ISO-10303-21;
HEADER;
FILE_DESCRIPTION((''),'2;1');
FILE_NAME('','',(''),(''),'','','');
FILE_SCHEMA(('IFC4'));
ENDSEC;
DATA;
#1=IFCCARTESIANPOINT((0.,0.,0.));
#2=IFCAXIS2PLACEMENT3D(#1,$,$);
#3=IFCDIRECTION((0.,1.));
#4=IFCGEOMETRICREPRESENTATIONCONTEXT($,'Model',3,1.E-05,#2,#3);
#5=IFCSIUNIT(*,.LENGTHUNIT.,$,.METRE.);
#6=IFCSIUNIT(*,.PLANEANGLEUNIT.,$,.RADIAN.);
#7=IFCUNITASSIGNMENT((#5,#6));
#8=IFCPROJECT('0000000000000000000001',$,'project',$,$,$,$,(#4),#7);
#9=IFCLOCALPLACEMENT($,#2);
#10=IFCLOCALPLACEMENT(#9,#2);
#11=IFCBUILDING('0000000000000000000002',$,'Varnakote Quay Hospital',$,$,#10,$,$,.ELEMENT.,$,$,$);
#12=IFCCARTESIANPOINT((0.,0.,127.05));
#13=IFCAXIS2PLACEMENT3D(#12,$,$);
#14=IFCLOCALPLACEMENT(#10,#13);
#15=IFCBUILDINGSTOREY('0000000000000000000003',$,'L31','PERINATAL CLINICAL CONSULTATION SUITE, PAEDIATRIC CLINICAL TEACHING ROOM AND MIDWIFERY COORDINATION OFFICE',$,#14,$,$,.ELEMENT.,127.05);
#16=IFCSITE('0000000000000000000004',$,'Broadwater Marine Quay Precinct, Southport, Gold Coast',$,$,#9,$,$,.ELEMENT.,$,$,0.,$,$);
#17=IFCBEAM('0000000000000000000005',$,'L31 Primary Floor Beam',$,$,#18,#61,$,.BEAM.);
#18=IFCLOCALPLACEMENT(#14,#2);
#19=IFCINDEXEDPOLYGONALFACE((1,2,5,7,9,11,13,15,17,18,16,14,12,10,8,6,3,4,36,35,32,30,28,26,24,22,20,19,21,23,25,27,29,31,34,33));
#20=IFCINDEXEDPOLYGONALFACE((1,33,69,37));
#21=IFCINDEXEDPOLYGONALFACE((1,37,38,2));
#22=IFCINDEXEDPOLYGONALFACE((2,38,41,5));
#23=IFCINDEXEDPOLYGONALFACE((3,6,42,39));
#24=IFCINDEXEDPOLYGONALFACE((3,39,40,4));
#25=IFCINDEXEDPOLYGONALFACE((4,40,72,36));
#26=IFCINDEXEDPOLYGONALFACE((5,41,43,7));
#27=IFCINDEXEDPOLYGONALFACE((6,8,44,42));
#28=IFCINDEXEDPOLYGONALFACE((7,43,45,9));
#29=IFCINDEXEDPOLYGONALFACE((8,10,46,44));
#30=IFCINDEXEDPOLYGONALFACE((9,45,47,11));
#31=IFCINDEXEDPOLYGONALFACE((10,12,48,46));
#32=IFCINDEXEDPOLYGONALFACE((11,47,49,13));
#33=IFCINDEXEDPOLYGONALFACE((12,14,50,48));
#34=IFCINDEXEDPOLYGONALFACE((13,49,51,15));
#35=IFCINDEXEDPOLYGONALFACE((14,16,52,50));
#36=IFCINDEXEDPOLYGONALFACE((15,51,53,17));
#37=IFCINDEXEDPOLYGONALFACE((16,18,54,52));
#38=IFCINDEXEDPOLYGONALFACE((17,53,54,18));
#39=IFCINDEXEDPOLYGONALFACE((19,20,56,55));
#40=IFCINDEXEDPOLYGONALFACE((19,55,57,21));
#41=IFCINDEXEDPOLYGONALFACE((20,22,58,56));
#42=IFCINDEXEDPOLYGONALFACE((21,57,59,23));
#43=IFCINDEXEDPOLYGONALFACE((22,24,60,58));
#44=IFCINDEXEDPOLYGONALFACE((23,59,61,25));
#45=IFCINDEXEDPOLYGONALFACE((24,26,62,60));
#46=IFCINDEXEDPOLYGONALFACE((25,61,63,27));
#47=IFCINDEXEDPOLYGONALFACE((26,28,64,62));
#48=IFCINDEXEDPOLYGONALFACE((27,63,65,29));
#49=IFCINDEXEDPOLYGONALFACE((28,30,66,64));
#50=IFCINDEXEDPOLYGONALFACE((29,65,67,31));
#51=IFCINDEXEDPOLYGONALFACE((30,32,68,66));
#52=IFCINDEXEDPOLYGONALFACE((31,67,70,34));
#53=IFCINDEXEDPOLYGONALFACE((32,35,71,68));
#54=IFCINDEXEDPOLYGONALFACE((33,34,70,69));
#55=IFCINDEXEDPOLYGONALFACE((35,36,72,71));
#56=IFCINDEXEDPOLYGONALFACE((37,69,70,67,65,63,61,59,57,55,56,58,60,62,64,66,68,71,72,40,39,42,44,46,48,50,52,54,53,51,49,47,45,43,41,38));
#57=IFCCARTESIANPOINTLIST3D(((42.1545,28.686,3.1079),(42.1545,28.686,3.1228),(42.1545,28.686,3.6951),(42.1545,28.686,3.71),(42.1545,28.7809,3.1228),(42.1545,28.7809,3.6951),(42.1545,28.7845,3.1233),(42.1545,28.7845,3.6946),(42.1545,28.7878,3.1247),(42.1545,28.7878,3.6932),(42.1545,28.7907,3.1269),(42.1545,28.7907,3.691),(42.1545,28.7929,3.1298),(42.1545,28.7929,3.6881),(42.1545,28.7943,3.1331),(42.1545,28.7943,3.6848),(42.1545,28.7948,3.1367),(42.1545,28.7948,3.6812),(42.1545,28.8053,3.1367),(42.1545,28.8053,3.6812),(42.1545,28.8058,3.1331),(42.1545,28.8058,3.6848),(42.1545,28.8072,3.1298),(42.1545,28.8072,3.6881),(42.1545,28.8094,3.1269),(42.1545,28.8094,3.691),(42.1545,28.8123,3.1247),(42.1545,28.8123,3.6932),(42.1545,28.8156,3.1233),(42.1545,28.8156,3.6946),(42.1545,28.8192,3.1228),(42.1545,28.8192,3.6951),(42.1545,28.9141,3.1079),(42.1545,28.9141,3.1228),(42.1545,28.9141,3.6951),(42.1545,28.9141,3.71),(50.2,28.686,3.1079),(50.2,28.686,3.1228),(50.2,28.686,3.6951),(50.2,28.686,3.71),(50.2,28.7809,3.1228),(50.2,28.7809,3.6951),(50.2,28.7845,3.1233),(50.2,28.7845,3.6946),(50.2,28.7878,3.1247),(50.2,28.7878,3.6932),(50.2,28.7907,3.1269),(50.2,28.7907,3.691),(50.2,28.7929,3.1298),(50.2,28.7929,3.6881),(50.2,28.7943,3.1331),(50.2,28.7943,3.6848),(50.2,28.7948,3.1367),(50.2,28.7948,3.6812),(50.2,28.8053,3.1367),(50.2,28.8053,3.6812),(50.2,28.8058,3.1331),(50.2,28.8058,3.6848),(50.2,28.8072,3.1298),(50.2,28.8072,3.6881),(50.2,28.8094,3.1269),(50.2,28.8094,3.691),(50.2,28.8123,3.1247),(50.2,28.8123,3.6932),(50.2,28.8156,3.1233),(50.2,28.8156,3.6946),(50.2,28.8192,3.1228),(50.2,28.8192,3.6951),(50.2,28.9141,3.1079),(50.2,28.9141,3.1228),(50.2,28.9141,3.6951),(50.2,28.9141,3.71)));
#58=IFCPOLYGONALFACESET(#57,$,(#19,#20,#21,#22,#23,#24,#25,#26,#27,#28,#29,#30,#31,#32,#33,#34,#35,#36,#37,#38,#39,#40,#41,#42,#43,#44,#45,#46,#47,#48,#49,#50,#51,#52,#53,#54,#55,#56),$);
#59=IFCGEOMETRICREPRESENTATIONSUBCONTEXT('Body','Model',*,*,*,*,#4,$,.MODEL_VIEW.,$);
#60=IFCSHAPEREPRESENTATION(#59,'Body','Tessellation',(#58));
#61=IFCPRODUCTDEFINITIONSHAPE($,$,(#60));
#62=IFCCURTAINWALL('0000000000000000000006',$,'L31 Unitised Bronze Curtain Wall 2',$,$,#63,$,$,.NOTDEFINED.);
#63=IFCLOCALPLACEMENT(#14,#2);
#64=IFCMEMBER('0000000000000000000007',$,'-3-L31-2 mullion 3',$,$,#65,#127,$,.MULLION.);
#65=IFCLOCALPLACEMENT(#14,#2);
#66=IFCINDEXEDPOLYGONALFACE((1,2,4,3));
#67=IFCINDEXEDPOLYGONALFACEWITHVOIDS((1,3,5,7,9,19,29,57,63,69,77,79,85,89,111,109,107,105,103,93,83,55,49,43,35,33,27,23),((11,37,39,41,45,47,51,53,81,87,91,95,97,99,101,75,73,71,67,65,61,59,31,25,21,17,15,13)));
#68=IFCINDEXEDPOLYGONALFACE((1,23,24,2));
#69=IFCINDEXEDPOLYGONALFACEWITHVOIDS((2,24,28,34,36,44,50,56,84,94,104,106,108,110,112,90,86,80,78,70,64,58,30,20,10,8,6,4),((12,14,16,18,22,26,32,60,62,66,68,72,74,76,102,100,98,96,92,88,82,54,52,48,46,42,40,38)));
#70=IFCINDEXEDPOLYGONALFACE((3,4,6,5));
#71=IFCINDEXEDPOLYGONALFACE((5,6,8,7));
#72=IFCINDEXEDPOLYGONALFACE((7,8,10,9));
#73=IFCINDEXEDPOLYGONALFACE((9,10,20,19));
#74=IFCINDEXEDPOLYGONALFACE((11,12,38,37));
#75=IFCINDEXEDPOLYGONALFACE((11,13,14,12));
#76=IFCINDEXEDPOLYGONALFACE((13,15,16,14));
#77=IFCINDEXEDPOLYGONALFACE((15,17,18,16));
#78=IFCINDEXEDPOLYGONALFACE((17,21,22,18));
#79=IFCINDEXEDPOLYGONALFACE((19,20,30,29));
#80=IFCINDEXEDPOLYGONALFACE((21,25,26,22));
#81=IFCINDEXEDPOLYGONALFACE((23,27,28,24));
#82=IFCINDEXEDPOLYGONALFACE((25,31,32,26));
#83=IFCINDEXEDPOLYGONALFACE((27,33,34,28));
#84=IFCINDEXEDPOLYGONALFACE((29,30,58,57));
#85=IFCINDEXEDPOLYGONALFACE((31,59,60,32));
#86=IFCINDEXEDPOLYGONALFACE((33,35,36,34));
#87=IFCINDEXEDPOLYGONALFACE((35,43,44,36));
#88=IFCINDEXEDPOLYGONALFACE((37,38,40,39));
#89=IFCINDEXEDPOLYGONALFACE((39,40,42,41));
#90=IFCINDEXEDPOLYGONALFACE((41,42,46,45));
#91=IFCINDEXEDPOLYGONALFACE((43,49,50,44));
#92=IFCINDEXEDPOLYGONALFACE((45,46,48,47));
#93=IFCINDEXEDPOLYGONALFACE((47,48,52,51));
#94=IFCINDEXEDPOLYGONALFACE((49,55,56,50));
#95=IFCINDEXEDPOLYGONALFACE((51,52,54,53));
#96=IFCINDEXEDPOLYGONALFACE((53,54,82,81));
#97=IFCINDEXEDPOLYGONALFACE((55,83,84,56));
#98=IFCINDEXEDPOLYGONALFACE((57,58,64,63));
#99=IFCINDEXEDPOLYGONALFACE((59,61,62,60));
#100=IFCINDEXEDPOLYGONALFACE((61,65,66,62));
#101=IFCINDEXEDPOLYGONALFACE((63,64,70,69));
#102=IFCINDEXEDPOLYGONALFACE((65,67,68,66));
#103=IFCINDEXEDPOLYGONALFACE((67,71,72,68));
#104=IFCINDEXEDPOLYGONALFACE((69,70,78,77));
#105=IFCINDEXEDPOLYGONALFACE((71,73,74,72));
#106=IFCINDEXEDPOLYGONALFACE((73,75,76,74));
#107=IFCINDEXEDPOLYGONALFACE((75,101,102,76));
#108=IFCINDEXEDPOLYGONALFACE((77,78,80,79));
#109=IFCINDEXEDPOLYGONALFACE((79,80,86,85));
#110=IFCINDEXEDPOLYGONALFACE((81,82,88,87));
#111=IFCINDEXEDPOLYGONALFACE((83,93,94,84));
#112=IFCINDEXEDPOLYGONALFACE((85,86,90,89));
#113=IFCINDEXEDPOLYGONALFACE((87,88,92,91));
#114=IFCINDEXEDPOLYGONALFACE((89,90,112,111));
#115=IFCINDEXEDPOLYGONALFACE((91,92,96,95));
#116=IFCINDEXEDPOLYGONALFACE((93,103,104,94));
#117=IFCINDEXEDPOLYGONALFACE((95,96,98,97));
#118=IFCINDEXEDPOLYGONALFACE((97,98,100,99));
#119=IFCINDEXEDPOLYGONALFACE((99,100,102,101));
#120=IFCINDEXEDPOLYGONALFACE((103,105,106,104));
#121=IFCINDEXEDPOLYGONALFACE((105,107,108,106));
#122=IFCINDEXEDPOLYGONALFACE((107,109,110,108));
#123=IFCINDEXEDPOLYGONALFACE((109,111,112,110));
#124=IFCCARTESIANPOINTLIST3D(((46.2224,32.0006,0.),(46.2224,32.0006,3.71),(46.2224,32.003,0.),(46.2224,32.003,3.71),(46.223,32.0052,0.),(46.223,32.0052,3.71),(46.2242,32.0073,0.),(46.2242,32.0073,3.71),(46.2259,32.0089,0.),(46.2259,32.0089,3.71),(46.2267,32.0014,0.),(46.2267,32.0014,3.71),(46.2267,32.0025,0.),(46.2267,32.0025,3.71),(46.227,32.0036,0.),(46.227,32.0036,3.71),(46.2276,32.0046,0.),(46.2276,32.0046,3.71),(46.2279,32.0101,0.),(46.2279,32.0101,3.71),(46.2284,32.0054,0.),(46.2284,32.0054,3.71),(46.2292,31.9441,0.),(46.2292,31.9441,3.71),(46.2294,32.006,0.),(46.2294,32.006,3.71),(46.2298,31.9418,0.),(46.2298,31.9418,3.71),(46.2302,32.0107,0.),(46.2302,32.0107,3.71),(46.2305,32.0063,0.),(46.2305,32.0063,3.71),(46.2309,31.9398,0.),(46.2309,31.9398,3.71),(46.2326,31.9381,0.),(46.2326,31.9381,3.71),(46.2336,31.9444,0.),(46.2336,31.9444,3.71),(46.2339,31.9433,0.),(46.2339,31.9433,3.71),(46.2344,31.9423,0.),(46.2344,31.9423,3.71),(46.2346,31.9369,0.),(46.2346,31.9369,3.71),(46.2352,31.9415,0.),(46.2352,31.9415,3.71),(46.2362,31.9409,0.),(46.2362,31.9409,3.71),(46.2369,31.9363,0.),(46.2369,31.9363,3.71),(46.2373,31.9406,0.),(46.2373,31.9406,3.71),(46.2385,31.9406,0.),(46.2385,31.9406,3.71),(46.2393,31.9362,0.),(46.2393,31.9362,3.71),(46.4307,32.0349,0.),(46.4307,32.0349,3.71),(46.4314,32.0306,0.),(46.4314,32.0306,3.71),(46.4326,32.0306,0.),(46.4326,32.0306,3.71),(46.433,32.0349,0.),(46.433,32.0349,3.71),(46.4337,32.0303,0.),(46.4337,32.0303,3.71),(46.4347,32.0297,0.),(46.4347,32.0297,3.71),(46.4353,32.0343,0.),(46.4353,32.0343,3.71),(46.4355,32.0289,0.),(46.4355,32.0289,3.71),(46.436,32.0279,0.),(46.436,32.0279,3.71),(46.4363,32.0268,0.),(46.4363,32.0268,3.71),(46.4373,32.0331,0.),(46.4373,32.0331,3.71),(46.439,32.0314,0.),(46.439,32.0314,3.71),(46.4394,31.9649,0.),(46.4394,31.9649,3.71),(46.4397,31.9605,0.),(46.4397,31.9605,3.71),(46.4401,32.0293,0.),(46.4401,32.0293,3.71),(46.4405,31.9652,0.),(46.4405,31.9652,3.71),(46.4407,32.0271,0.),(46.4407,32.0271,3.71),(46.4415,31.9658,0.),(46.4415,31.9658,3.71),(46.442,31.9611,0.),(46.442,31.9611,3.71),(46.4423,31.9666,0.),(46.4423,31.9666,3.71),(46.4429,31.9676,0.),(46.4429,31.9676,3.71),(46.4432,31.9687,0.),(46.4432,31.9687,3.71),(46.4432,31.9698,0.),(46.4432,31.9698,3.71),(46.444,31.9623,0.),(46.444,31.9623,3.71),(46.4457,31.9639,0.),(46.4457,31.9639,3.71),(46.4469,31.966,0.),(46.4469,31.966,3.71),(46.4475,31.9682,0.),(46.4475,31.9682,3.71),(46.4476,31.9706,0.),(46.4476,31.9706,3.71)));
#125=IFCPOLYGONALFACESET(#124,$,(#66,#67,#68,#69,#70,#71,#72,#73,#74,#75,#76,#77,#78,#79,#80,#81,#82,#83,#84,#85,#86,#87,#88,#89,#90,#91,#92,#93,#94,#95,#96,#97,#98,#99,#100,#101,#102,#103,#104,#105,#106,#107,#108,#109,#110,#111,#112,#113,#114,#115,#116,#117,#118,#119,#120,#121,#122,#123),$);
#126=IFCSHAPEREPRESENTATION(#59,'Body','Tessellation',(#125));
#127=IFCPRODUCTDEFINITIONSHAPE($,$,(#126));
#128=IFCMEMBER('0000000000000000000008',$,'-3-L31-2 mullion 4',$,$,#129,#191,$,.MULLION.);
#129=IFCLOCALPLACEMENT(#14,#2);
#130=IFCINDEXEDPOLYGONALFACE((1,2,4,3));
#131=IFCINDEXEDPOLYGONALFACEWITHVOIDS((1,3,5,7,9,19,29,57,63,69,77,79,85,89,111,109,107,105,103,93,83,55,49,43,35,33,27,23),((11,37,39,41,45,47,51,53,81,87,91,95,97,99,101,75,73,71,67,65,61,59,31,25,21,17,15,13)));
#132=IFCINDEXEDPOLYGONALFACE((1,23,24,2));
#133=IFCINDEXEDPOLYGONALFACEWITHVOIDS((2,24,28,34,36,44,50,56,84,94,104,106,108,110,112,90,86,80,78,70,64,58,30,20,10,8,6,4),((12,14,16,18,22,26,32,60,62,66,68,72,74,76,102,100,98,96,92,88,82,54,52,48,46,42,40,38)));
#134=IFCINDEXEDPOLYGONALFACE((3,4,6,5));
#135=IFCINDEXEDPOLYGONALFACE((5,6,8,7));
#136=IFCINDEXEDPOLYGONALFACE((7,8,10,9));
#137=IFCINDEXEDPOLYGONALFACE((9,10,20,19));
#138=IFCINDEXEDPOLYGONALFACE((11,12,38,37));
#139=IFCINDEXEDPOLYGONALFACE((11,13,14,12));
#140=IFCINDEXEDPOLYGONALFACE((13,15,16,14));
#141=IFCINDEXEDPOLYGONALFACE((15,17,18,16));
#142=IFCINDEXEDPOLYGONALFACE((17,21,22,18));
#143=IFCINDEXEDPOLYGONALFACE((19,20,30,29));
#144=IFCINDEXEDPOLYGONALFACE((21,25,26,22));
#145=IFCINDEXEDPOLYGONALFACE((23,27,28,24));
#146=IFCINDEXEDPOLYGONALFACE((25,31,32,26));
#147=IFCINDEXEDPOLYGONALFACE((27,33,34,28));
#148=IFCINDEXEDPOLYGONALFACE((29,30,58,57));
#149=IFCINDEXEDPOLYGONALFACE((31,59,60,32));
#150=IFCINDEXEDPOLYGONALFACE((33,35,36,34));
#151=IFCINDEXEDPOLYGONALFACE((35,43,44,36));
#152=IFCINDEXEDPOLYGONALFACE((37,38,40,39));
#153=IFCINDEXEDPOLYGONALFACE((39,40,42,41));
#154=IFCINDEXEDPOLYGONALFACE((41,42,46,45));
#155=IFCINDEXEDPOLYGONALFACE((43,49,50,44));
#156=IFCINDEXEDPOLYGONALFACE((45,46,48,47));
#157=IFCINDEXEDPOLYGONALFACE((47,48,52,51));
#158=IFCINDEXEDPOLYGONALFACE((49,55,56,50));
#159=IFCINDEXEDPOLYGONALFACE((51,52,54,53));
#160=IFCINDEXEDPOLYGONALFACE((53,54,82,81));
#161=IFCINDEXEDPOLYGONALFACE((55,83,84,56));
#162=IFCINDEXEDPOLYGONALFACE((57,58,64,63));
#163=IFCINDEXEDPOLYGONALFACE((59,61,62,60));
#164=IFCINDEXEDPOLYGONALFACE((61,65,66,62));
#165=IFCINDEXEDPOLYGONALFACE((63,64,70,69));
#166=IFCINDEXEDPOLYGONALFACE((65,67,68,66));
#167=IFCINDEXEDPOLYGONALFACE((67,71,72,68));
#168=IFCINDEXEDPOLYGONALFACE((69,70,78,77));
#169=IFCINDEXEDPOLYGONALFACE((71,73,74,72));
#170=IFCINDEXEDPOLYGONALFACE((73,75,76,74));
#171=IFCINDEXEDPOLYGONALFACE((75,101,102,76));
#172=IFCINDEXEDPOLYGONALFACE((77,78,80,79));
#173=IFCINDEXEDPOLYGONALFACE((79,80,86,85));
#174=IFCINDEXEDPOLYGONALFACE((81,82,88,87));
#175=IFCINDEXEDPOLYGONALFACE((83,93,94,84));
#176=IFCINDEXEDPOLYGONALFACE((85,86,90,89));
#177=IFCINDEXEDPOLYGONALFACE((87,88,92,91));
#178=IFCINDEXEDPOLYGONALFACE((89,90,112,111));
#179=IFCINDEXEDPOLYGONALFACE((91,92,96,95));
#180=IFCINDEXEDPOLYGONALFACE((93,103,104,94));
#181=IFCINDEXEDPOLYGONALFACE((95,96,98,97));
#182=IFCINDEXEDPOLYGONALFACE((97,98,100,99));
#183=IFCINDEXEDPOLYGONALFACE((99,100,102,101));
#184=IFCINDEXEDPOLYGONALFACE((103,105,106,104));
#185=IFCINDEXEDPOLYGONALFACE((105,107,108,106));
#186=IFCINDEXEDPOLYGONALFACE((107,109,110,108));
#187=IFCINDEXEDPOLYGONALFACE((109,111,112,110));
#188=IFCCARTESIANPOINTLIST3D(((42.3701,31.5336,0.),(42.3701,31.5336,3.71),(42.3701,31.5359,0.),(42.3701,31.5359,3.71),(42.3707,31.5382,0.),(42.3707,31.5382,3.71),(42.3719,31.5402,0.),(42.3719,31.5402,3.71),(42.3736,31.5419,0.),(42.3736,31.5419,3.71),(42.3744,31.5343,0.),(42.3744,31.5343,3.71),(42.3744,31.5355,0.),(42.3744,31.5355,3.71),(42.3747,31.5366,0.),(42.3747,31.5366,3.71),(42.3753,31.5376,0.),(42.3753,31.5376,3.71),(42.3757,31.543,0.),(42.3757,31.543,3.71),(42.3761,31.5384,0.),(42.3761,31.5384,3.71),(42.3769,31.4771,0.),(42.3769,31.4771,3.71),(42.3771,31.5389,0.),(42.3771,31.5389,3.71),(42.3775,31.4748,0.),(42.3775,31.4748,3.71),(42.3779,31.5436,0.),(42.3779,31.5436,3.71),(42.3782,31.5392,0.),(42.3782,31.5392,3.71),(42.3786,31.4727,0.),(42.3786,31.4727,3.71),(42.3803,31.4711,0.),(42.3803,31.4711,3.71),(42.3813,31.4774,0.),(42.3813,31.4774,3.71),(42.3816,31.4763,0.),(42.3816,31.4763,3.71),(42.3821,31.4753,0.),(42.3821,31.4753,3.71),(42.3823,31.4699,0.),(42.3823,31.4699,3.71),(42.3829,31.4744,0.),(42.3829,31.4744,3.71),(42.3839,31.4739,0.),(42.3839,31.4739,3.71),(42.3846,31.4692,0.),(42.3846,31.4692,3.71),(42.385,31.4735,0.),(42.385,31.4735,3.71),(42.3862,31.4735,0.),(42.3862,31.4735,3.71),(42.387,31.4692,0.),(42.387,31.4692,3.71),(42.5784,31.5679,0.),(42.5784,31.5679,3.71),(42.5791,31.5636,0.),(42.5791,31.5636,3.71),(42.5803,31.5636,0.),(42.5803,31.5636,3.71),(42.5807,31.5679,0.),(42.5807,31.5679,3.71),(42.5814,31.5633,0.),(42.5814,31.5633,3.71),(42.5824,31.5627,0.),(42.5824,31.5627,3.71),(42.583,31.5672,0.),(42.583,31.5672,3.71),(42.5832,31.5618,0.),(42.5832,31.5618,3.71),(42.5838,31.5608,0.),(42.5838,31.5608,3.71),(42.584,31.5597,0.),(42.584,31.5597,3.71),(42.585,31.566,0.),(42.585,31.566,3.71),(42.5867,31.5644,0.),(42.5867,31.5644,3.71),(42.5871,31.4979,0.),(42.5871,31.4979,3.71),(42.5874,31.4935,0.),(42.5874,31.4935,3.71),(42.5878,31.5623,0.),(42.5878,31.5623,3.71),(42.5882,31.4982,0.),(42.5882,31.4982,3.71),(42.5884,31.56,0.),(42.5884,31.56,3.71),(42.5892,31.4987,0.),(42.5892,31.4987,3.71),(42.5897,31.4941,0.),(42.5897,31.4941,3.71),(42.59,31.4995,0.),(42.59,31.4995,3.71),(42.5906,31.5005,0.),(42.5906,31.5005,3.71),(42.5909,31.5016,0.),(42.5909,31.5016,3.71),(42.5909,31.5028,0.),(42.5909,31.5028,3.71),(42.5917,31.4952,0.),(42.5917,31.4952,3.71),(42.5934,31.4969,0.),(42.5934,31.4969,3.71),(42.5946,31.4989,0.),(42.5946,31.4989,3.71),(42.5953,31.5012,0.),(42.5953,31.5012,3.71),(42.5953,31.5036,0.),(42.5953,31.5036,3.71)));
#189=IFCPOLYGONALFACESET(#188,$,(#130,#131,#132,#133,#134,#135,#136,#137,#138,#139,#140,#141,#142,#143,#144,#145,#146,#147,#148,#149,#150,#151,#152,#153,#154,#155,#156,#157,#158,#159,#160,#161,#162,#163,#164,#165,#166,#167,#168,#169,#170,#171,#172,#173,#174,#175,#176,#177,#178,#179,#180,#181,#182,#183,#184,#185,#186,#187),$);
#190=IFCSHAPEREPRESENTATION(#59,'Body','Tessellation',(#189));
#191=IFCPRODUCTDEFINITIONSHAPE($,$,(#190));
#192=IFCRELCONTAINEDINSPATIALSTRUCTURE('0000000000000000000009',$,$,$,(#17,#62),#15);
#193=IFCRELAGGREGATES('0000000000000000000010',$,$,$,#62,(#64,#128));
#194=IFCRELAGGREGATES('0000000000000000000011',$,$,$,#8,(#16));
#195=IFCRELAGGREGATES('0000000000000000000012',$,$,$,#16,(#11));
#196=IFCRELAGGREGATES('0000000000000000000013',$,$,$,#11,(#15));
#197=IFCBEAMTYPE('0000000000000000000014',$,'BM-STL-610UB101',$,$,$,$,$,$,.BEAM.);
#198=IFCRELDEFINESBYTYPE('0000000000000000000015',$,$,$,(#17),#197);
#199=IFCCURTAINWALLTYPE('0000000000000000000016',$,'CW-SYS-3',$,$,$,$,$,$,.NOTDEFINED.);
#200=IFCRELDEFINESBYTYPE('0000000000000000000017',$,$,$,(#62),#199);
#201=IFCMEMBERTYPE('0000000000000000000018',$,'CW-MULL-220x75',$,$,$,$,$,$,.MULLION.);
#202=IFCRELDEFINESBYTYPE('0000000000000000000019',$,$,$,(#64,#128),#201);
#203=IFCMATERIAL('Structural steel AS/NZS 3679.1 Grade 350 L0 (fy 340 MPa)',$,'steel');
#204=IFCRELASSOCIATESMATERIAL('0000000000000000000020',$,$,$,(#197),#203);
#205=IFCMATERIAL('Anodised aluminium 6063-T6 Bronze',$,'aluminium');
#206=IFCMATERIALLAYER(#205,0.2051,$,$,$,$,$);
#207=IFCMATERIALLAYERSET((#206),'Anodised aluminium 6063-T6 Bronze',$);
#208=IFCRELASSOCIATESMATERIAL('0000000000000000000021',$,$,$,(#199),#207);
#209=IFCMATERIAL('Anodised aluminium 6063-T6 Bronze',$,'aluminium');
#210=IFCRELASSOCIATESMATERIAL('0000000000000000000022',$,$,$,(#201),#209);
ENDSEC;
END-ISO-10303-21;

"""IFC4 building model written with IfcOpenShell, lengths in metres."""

from ifc_helpers import new_model, si_unit, direction, frame, origin, origin_2d, place, context, subcontext, project, spatial, hollow_rectangle, i_section, extrude, material, layer, layer_set, material_profile, profile_set, type_object, element, aggregate, save


model = new_model("IFC4")

# Units and contexts
model_context = context("Model", 3, precision=1e-05, world=origin(), true_north=direction((0.0, 1.0)))
body_context = subcontext(model_context, "Body", "Model", "MODEL_VIEW")
ifc_project = project(units=[si_unit("LENGTHUNIT", "METRE"), si_unit("PLANEANGLEUNIT", "RADIAN")], contexts=[model_context])

# Site, building, storey
site_placement = place(None, origin())
site = spatial("IfcSite", under=ifc_project, at=site_placement, Name="Broadwater Marine Quay Precinct, Southport, Gold Coast", CompositionType="ELEMENT", RefElevation=0.0)
building_placement = place(site_placement, origin())
building = spatial("IfcBuilding", under=site, at=building_placement, Name="Varnakote Quay Hospital", CompositionType="ELEMENT")
storey_placement = place(building_placement, frame((0.0, 0.0, 127.05)))
storey = spatial("IfcBuildingStorey", under=building, at=storey_placement, Name="L31", Description="PERINATAL CLINICAL CONSULTATION SUITE, PAEDIATRIC CLINICAL TEACHING ROOM AND MIDWIFERY COORDINATION OFFICE", CompositionType="ELEMENT", Elevation=127.05)

# Beam
ifc_material_1 = material(Name="Structural steel AS/NZS 3679.1 Grade 350 L0 (fy 340 MPa)", Category="steel")
ifc_material_profile_1 = material_profile(ifc_material_1, i_section(OverallWidth=0.228, OverallDepth=0.6021, WebThickness=0.0105, FlangeThickness=0.0149, FilletRadius=0.0139, at=origin_2d()), Name="610UB101")
ifc_profile_set_1 = profile_set([ifc_material_profile_1], Name="Structural steel AS/NZS 3679.1 Grade 350 L0 (fy 340 MPa)")
beam_type = type_object("IfcBeamType", Name="BM-STL-610UB101", PredefinedType="BEAM", material=ifc_profile_set_1)
beam_placement = place(storey_placement, frame((42.1545, 28.8, 3.4089), z_axis=(1.0, 0.0, 0.0), x_axis=(0.0, 1.0, 0.0)))
element("IfcBeam", 1, at=beam_placement, inside=storey, type_object=beam_type, Name="L31 Primary Floor Beam", PredefinedType="BEAM", context=body_context, shape_type="SweptSolid", body=[
    extrude(i_section(OverallWidth=0.228, OverallDepth=0.6021, WebThickness=0.0105, FlangeThickness=0.0149, FilletRadius=0.0139, at=origin_2d()), origin(), (0.0, 0.0, 1.0), 8.0454),
])

# Curtain wall, members
ifc_material_2 = material(Name="Anodised aluminium 6063-T6 Bronze", Category="aluminium")
ifc_layer_1 = layer(ifc_material_2, 0.2051)
ifc_layer_set_1 = layer_set([ifc_layer_1], Name="Anodised aluminium 6063-T6 Bronze")
curtain_wall_type = type_object("IfcCurtainWallType", Name="CW-SYS-3", PredefinedType="NOTDEFINED", material=ifc_layer_set_1)
curtain_wall_placement = place(storey_placement, origin())
curtain_wall = element("IfcCurtainWall", 2, at=curtain_wall_placement, inside=storey, type_object=curtain_wall_type, Name="L31 Unitised Bronze Curtain Wall 2", PredefinedType="NOTDEFINED")
ifc_material_3 = material(Name="Anodised aluminium 6063-T6 Bronze", Category="aluminium")
ifc_material_profile_2 = material_profile(ifc_material_3, hollow_rectangle(XDim=0.075, YDim=0.22, WallThickness=0.0044, InnerFilletRadius=0.0044, OuterFilletRadius=0.009, at=origin_2d()), Name="CW-MULL-220x75")
ifc_profile_set_2 = profile_set([ifc_material_profile_2], Name="Anodised aluminium 6063-T6 Bronze")
member_type_1 = type_object("IfcMemberType", Name="CW-MULL-220x75", PredefinedType="MULLION", material=ifc_profile_set_2)
member_1_placement = place(storey_placement, frame((46.335, 31.9856, 0.0), z_axis=(0.0, 0.0, 1.0), x_axis=(0.120327, -0.992734, 0.0)))
member_1 = element("IfcMember", 3, at=member_1_placement, type_object=member_type_1, Name="-3-L31-2 mullion 3", PredefinedType="MULLION", context=body_context, shape_type="SweptSolid", body=[
    extrude(hollow_rectangle(XDim=0.075, YDim=0.22, WallThickness=0.0044, InnerFilletRadius=0.0044, OuterFilletRadius=0.009, at=origin_2d()), origin(), (0.0, 0.0, 1.0), 3.71),
])
member_2_placement = place(storey_placement, frame((42.4827, 31.5186, 0.0), z_axis=(0.0, 0.0, 1.0), x_axis=(0.120327, -0.992734, 0.0)))
member_2 = element("IfcMember", 4, at=member_2_placement, type_object=member_type_1, Name="-3-L31-2 mullion 4", PredefinedType="MULLION", context=body_context, shape_type="SweptSolid", body=[
    extrude(hollow_rectangle(XDim=0.075, YDim=0.22, WallThickness=0.0044, InnerFilletRadius=0.0044, OuterFilletRadius=0.009, at=origin_2d()), origin(), (0.0, 0.0, 1.0), 3.71),
])
aggregate(curtain_wall, [member_1, member_2])

save(model, "model.ifc")
